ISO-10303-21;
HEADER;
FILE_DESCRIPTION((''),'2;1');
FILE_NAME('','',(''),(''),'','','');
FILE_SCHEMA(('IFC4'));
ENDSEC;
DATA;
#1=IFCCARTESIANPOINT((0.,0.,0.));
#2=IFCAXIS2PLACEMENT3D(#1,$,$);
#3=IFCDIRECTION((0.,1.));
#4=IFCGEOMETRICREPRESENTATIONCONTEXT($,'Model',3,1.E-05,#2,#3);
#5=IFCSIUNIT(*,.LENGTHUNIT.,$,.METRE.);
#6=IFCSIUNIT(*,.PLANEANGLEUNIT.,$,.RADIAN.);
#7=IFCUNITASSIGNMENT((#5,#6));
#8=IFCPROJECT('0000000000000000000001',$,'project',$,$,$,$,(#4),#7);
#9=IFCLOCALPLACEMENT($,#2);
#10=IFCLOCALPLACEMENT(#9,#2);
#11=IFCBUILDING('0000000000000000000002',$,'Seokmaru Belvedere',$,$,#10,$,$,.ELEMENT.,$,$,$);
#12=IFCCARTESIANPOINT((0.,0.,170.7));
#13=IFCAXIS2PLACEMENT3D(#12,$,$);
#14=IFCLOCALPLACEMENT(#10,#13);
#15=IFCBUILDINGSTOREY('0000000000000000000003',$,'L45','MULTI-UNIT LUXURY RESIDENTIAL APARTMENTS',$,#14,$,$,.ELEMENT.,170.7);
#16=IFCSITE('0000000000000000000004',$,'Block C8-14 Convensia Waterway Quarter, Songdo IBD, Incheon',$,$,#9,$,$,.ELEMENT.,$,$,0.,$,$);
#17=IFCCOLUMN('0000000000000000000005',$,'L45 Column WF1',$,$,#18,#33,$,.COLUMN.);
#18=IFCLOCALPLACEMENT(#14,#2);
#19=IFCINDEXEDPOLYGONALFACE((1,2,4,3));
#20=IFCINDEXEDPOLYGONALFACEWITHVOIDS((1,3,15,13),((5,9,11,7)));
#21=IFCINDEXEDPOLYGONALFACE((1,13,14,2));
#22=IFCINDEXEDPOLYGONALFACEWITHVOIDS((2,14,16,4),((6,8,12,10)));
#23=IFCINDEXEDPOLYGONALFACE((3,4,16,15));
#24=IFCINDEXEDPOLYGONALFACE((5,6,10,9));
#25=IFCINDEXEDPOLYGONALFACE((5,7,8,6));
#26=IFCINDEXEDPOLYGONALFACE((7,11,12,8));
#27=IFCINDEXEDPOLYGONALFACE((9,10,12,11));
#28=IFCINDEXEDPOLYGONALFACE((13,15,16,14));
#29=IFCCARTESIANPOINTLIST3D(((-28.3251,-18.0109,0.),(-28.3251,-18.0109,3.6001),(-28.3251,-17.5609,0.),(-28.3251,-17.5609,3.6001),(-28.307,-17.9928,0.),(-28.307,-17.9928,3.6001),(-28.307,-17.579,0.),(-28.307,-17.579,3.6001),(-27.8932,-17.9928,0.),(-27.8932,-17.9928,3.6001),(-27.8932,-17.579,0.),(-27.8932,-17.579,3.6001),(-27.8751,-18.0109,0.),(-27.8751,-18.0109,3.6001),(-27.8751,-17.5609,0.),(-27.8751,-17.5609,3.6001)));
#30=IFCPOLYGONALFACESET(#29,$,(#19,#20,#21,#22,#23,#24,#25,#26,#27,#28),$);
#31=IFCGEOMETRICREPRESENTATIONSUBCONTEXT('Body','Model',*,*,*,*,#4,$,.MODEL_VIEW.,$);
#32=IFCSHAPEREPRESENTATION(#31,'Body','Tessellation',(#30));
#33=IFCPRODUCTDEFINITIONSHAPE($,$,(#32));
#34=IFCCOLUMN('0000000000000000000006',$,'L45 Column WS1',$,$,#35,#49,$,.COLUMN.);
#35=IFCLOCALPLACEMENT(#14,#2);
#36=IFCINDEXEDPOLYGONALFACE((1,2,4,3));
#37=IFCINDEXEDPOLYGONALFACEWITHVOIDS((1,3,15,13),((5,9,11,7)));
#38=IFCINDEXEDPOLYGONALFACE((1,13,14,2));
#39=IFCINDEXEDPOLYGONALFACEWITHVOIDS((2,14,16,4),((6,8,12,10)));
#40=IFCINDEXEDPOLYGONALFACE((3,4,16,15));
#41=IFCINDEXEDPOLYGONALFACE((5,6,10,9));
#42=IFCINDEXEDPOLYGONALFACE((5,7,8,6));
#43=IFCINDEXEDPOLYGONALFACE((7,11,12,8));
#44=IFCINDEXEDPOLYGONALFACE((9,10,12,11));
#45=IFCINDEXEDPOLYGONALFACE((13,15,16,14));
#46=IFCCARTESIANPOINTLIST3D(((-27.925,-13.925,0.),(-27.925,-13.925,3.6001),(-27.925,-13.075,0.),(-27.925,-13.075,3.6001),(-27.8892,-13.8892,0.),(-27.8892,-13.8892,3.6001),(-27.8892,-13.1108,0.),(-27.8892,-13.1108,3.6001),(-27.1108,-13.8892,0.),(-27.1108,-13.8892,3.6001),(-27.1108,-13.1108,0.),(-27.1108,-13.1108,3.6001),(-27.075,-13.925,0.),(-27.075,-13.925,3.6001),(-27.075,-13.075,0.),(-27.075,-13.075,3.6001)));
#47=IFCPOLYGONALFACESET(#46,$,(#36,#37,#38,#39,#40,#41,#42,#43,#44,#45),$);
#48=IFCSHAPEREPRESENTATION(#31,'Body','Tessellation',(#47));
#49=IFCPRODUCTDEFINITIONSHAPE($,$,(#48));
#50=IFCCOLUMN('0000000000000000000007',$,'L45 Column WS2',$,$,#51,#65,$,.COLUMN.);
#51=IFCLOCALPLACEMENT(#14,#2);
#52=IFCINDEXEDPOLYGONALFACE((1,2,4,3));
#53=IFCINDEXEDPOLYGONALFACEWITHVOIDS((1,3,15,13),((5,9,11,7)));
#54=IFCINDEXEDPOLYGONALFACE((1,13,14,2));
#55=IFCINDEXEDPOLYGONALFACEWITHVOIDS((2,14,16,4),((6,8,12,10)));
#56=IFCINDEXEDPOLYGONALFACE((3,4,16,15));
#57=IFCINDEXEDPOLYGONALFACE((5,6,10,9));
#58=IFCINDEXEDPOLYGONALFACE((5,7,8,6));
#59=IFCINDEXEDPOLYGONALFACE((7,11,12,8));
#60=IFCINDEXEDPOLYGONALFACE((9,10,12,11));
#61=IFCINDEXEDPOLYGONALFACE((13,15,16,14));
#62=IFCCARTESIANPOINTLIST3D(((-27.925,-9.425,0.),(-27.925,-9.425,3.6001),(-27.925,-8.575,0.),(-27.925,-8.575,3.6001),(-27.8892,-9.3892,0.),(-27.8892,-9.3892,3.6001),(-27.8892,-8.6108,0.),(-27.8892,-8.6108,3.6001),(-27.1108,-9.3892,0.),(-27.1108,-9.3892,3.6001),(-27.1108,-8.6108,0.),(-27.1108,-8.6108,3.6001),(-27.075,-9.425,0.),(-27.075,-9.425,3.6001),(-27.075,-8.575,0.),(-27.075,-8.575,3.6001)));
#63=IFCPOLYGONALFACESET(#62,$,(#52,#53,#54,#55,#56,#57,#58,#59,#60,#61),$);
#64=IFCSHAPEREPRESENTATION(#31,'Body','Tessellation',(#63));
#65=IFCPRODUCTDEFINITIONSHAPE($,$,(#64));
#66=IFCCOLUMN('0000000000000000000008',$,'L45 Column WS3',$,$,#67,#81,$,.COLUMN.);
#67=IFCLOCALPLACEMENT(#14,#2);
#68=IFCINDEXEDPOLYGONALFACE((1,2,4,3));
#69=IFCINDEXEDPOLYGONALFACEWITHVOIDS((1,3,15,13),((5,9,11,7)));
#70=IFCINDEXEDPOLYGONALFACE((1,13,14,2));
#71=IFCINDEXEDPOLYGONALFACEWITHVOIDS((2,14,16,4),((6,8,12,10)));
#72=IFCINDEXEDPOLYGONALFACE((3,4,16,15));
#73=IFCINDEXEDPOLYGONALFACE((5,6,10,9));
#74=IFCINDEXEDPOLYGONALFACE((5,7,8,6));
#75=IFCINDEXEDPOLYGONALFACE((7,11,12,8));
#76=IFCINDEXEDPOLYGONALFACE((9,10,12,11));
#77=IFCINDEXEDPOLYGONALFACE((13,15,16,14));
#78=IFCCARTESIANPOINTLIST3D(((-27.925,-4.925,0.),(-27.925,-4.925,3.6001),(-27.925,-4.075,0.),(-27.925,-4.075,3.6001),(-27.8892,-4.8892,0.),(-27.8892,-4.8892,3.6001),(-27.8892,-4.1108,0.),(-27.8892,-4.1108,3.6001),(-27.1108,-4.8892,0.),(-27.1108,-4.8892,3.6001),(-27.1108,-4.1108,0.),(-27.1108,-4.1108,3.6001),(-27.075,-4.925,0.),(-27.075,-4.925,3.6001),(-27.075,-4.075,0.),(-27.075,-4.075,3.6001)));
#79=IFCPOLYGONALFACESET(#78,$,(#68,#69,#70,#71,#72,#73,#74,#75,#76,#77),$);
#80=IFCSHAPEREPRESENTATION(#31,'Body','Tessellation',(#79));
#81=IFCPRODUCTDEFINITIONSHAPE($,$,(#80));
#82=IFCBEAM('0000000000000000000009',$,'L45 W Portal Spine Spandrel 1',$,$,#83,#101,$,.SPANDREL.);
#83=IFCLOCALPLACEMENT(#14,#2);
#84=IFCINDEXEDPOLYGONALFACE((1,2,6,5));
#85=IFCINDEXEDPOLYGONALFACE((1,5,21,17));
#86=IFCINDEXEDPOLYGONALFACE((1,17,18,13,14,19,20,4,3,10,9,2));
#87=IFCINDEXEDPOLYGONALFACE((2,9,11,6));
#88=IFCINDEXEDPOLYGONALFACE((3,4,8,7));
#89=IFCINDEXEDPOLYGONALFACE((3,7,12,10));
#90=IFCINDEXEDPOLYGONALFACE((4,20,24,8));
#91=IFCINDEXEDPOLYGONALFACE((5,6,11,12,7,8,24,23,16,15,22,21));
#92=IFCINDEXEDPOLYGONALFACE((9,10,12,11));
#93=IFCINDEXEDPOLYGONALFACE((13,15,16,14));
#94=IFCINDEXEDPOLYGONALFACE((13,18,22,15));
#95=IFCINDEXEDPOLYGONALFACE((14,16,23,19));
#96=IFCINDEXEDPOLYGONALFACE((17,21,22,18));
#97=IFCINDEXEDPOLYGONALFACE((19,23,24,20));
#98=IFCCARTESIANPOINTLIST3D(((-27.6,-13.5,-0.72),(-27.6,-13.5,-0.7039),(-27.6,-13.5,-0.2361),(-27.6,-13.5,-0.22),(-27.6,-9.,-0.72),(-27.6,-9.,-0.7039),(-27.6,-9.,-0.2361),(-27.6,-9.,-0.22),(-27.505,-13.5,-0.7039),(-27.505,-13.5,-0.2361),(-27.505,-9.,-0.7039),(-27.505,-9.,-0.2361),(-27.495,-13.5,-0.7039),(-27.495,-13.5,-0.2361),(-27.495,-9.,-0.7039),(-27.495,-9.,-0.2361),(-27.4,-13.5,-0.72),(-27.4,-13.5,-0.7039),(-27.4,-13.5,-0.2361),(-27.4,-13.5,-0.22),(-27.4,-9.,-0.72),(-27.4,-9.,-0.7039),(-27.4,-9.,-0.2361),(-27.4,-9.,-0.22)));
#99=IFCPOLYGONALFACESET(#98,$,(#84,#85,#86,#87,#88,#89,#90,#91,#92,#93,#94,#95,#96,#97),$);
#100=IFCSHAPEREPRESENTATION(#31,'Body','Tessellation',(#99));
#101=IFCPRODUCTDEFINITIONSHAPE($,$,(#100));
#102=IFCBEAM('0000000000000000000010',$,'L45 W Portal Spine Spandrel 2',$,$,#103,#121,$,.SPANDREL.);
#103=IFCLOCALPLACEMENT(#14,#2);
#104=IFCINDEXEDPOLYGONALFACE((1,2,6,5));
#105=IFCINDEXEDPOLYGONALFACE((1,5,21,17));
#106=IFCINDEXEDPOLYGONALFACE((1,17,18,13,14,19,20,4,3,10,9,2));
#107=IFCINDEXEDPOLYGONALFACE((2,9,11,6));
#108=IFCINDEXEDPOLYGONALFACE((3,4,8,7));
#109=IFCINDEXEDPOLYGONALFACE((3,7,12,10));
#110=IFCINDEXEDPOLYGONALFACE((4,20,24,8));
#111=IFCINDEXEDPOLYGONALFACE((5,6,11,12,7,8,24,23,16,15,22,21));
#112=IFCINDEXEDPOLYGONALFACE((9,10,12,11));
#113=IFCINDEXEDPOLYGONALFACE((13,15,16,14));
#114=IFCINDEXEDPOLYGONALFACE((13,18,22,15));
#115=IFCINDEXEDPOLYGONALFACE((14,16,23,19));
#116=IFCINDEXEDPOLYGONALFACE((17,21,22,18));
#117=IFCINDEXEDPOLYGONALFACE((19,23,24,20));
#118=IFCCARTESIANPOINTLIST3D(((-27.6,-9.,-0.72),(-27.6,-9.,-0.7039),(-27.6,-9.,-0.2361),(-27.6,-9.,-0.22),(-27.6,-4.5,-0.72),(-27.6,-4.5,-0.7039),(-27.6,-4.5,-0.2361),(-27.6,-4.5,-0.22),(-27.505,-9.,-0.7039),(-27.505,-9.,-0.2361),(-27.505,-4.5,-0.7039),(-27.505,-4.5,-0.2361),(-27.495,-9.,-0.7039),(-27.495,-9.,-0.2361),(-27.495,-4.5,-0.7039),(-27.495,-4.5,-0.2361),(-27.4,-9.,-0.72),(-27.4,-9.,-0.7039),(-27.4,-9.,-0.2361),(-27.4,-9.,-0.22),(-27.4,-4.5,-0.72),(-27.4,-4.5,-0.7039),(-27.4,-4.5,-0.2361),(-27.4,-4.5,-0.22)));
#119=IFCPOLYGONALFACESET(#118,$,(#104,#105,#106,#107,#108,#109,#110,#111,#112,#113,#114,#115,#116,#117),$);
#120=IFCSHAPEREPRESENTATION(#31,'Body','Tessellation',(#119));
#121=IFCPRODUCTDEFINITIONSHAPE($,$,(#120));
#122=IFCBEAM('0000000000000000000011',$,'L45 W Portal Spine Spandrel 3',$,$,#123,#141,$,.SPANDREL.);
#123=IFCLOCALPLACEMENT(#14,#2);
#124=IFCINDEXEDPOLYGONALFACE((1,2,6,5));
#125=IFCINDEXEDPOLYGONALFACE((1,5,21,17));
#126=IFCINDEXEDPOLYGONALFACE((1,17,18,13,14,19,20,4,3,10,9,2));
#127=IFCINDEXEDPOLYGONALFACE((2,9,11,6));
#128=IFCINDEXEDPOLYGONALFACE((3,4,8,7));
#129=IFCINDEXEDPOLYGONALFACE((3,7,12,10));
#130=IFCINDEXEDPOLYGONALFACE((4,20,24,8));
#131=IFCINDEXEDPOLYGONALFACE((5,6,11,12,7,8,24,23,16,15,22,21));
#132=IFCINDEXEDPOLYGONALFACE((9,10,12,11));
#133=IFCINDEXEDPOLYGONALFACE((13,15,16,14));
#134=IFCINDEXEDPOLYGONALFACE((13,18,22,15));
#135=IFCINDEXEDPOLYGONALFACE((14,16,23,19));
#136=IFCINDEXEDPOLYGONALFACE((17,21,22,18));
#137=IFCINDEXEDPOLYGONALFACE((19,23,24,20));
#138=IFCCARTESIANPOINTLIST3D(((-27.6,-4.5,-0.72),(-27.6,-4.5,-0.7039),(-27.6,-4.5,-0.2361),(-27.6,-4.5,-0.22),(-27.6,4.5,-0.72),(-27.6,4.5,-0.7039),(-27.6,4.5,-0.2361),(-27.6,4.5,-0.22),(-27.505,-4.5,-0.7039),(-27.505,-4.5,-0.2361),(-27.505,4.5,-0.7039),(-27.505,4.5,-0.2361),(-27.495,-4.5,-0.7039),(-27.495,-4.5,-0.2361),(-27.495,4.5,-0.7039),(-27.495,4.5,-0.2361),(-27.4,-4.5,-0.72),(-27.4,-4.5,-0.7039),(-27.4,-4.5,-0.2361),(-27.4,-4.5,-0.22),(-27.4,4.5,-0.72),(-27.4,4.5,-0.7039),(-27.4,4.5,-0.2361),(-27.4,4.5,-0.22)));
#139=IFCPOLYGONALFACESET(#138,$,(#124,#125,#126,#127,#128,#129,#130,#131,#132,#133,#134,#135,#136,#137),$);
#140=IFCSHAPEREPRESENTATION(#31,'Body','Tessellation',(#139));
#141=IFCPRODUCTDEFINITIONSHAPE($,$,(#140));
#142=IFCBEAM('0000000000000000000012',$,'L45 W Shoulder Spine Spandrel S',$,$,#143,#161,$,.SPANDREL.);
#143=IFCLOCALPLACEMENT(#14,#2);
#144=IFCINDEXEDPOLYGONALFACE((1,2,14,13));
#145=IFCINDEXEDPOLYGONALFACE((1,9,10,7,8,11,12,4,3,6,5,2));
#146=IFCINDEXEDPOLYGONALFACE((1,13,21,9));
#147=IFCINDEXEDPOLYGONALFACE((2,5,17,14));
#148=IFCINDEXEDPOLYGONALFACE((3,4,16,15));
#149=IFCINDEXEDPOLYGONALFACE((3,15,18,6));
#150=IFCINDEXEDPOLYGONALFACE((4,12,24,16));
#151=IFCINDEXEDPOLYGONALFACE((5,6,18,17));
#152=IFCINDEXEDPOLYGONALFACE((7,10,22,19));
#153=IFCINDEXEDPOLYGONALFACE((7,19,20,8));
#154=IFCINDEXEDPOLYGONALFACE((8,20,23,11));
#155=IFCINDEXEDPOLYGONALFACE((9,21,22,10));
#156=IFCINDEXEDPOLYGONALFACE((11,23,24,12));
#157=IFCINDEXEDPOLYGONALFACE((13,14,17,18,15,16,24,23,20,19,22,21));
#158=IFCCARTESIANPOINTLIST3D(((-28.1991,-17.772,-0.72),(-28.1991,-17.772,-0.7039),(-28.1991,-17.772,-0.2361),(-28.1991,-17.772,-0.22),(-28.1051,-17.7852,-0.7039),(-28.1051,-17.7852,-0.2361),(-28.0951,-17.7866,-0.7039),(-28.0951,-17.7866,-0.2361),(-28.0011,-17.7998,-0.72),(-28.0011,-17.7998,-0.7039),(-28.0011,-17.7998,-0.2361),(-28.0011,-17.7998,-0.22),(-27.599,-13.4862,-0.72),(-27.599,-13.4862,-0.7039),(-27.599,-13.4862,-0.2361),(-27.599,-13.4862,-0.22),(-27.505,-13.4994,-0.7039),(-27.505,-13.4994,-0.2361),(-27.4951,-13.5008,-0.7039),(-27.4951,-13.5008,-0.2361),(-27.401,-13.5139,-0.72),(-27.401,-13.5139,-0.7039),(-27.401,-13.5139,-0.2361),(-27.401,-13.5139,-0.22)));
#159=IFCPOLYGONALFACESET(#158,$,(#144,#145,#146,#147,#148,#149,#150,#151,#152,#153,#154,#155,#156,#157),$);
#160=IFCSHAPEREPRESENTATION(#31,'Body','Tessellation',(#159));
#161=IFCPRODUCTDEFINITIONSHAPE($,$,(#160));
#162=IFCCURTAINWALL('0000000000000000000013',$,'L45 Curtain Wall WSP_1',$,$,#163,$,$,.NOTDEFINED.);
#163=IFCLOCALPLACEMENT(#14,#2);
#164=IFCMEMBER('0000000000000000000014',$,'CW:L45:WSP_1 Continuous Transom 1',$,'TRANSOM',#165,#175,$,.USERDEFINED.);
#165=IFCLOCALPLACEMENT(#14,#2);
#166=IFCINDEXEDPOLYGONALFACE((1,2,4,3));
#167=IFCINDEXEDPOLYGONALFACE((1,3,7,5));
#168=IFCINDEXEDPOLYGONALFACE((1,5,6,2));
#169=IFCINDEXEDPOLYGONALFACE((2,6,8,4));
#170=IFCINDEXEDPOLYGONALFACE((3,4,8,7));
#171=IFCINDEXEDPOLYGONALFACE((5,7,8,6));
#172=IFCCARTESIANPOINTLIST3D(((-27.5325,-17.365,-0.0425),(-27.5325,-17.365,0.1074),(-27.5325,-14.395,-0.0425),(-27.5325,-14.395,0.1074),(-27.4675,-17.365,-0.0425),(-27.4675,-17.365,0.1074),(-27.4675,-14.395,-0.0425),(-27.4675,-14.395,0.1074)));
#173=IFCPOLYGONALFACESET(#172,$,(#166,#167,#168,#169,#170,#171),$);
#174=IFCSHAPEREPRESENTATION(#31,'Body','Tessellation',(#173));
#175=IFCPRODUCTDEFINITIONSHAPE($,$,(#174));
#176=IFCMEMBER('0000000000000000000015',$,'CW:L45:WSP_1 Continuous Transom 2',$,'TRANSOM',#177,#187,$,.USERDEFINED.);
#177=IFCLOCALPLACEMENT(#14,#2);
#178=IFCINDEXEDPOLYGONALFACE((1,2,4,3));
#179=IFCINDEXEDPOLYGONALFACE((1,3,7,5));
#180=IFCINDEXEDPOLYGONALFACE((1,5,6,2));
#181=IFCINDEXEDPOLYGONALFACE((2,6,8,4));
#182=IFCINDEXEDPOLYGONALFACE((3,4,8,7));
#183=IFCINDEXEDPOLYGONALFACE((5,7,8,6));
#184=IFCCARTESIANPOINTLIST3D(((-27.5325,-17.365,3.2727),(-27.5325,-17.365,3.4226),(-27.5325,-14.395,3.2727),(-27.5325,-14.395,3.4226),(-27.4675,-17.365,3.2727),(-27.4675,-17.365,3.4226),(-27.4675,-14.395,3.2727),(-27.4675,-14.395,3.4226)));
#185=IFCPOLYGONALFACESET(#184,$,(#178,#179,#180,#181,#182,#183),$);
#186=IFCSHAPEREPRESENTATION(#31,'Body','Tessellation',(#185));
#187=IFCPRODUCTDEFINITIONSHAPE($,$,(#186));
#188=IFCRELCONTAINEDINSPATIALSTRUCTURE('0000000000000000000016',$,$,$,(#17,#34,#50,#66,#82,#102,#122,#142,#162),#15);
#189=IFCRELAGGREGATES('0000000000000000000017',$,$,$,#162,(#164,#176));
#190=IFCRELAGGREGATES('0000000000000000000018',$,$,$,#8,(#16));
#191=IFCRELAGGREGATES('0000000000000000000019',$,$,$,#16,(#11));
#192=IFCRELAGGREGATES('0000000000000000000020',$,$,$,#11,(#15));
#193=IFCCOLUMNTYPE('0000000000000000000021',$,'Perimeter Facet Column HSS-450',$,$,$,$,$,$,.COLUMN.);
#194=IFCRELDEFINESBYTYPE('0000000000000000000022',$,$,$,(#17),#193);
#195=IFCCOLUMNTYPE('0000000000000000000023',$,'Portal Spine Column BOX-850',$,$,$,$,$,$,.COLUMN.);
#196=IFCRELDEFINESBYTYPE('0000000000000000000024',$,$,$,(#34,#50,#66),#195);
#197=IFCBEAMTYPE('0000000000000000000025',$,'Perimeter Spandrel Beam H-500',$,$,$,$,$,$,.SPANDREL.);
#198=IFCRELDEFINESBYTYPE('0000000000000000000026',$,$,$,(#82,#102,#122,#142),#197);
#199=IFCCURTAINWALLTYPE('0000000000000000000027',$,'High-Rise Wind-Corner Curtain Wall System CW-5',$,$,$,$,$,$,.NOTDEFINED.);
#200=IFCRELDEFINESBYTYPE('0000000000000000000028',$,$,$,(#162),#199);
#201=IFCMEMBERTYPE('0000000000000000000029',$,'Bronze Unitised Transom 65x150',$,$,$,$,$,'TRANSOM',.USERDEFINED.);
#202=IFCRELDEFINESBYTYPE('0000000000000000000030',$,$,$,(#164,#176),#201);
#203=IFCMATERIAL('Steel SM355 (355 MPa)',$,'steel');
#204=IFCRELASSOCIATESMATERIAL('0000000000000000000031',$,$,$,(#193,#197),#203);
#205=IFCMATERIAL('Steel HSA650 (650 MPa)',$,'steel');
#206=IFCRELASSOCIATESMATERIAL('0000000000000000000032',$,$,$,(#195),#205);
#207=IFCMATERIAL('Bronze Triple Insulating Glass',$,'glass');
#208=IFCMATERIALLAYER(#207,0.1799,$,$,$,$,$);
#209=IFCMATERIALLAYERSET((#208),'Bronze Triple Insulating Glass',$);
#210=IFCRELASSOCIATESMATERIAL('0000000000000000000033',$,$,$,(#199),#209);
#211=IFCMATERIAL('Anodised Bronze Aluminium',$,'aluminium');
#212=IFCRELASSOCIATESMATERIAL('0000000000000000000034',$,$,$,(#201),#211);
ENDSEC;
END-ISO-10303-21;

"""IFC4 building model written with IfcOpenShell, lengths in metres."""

from ifc_helpers import new_model, si_unit, direction, frame, origin, origin_2d, place, context, subcontext, project, spatial, rectangle, hollow_rectangle, i_section, extrude, source, transform, mapped, material, layer, layer_set, material_profile, profile_set, type_object, type_shapes, element, aggregate, save


model = new_model("IFC4")

# Units and contexts
model_context = context("Model", 3, precision=1e-05, world=origin(), true_north=direction((0.0, 1.0)))
body_context = subcontext(model_context, "Body", "Model", "MODEL_VIEW")
ifc_project = project(units=[si_unit("LENGTHUNIT", "METRE"), si_unit("PLANEANGLEUNIT", "RADIAN")], contexts=[model_context])

# Site, building, storey
site_placement = place(None, origin())
site = spatial("IfcSite", under=ifc_project, at=site_placement, Name="Block C8-14 Convensia Waterway Quarter, Songdo IBD, Incheon", CompositionType="ELEMENT", RefElevation=0.0)
building_placement = place(site_placement, origin())
building = spatial("IfcBuilding", under=site, at=building_placement, Name="Seokmaru Belvedere", CompositionType="ELEMENT")
storey_placement = place(building_placement, frame((0.0, 0.0, 170.7)))
storey = spatial("IfcBuildingStorey", under=building, at=storey_placement, Name="L45", Description="MULTI-UNIT LUXURY RESIDENTIAL APARTMENTS", CompositionType="ELEMENT", Elevation=170.7)

# Columns
ifc_material_1 = material(Name="Steel SM355 (355 MPa)", Category="steel")
ifc_material_profile_1 = material_profile(ifc_material_1, hollow_rectangle(XDim=0.45, YDim=0.45, WallThickness=0.0181, at=origin_2d()), Name="HSS-450x450x18")
ifc_profile_set_1 = profile_set([ifc_material_profile_1], Name="Steel SM355 (355 MPa)")
column_type_1 = type_object("IfcColumnType", Name="Perimeter Facet Column HSS-450", PredefinedType="COLUMN", material=ifc_profile_set_1)
shared_shape_1 = source(origin(), body_context, "Body", "SweptSolid", [
    extrude(hollow_rectangle(XDim=0.45, YDim=0.45, WallThickness=0.0181, at=origin_2d()), origin(), (0.0, 0.0, 1.0), 3.6001),
])
type_shapes(column_type_1, [shared_shape_1])
column_placement = place(storey_placement, frame((-28.1001, -17.7859, 0.0), z_axis=(0.0, 0.0, 1.0), x_axis=(1.0, 0.0, 0.0)))
element("IfcColumn", 1, at=column_placement, inside=storey, type_object=column_type_1, Name="L45 Column WF1", PredefinedType="COLUMN", context=body_context, shape_type="MappedRepresentation", body=[
    mapped(shared_shape_1, transform((0.0, 0.0, 0.0), scale=1.0)),
])
ifc_material_2 = material(Name="Steel HSA650 (650 MPa)", Category="steel")
ifc_material_profile_2 = material_profile(ifc_material_2, hollow_rectangle(XDim=0.8501, YDim=0.8501, WallThickness=0.0359, at=origin_2d()), Name="BOX-850x850x36")
ifc_profile_set_2 = profile_set([ifc_material_profile_2], Name="Steel HSA650 (650 MPa)")
column_type_2 = type_object("IfcColumnType", Name="Portal Spine Column BOX-850", PredefinedType="COLUMN", material=ifc_profile_set_2)
shared_shape_2 = source(origin(), body_context, "Body", "SweptSolid", [
    extrude(hollow_rectangle(XDim=0.8501, YDim=0.8501, WallThickness=0.0359, at=origin_2d()), origin(), (0.0, 0.0, 1.0), 3.6001),
])
type_shapes(column_type_2, [shared_shape_2])
for number, where, z_axis, x_axis, name in (
    (2, (-27.5, -13.5, 0.0), (0.0, 0.0, 1.0), (1.0, 0.0, 0.0), "L45 Column WS1"),
    (3, (-27.5, -9.0, 0.0), (0.0, 0.0, 1.0), (1.0, 0.0, 0.0), "L45 Column WS2"),
    (4, (-27.5, -4.5, 0.0), (0.0, 0.0, 1.0), (1.0, 0.0, 0.0), "L45 Column WS3"),
):
    element("IfcColumn", number, at=place(storey_placement, frame(where, z_axis=z_axis, x_axis=x_axis)), inside=storey, type_object=column_type_2, Name=name, PredefinedType="COLUMN", context=body_context, shape_type="MappedRepresentation", body=[
        mapped(shared_shape_2, transform((0.0, 0.0, 0.0), scale=1.0)),
    ])

# Beams
ifc_material_profile_3 = material_profile(ifc_material_1, i_section(OverallWidth=0.2, OverallDepth=0.5, WebThickness=0.01, FlangeThickness=0.0161, at=origin_2d()), Name="H-500x200x10x16")
ifc_profile_set_3 = profile_set([ifc_material_profile_3], Name="Steel SM355 (355 MPa)")
beam_type = type_object("IfcBeamType", Name="Perimeter Spandrel Beam H-500", PredefinedType="SPANDREL", material=ifc_profile_set_3)
shared_shape_3 = source(origin(), body_context, "Body", "SweptSolid", [
    extrude(i_section(OverallWidth=0.2, OverallDepth=0.5, WebThickness=0.01, FlangeThickness=0.0161, at=origin_2d()), origin(), (0.0, 0.0, 1.0), 4.5),
])
for number, where, z_axis, x_axis, name in (
    (5, (-27.5, -13.5, -0.47), (0.0, 1.0, 0.0), (-1.0, 0.0, 0.0), "L45 W Portal Spine Spandrel 1"),
    (6, (-27.5, -9.0, -0.47), (0.0, 1.0, 0.0), (-1.0, 0.0, 0.0), "L45 W Portal Spine Spandrel 2"),
):
    element("IfcBeam", number, at=place(storey_placement, frame(where, z_axis=z_axis, x_axis=x_axis)), inside=storey, type_object=beam_type, Name=name, PredefinedType="SPANDREL", context=body_context, shape_type="MappedRepresentation", body=[
        mapped(shared_shape_3, transform((0.0, 0.0, 0.0), scale=1.0)),
    ])
shared_shape_4 = source(origin(), body_context, "Body", "SweptSolid", [
    extrude(i_section(OverallWidth=0.2, OverallDepth=0.5, WebThickness=0.01, FlangeThickness=0.0161, at=origin_2d()), origin(), (0.0, 0.0, 1.0), 9.0),
])
beam_1_placement = place(storey_placement, frame((-27.5, -4.5, -0.47), z_axis=(0.0, 1.0, 0.0), x_axis=(-1.0, 0.0, 0.0)))
element("IfcBeam", 7, at=beam_1_placement, inside=storey, type_object=beam_type, Name="L45 W Portal Spine Spandrel 3", PredefinedType="SPANDREL", context=body_context, shape_type="MappedRepresentation", body=[
    mapped(shared_shape_4, transform((0.0, 0.0, 0.0), scale=1.0)),
])
shared_shape_5 = source(origin(), body_context, "Body", "SweptSolid", [
    extrude(i_section(OverallWidth=0.2, OverallDepth=0.5, WebThickness=0.01, FlangeThickness=0.0161, at=origin_2d()), origin(), (0.0, 0.0, 1.0), 4.3276),
])
type_shapes(beam_type, [shared_shape_3, shared_shape_4, shared_shape_5])
beam_2_placement = place(storey_placement, frame((-28.1001, -17.7859, -0.47), z_axis=(0.138664, 0.990339, 0.0), x_axis=(-0.990339, 0.138664, 0.0)))
element("IfcBeam", 8, at=beam_2_placement, inside=storey, type_object=beam_type, Name="L45 W Shoulder Spine Spandrel S", PredefinedType="SPANDREL", context=body_context, shape_type="MappedRepresentation", body=[
    mapped(shared_shape_5, transform((0.0, 0.0, 0.0), scale=1.0)),
])

# Curtain wall, members
ifc_material_3 = material(Name="Bronze Triple Insulating Glass", Category="glass")
ifc_layer_1 = layer(ifc_material_3, 0.1799)
ifc_layer_set_1 = layer_set([ifc_layer_1], Name="Bronze Triple Insulating Glass")
curtain_wall_type = type_object("IfcCurtainWallType", Name="High-Rise Wind-Corner Curtain Wall System CW-5", PredefinedType="NOTDEFINED", material=ifc_layer_set_1)
curtain_wall_1_placement = place(storey_placement, origin())
curtain_wall_1 = element("IfcCurtainWall", 9, at=curtain_wall_1_placement, inside=storey, type_object=curtain_wall_type, Name="L45 Curtain Wall WSP_1", PredefinedType="NOTDEFINED")
ifc_material_4 = material(Name="Anodised Bronze Aluminium", Category="aluminium")
ifc_material_profile_4 = material_profile(ifc_material_4, rectangle(XDim=0.0649, YDim=0.1499, at=origin_2d()), Name="CW-T-65x150")
ifc_profile_set_4 = profile_set([ifc_material_profile_4], Name="Anodised Bronze Aluminium")
member_type_1 = type_object("IfcMemberType", Name="Bronze Unitised Transom 65x150", ElementType="TRANSOM", PredefinedType="USERDEFINED", material=ifc_profile_set_4)
shared_shape_6 = source(origin(), body_context, "Body", "SweptSolid", [
    extrude(rectangle(XDim=0.0649, YDim=0.1499, at=origin_2d()), origin(), (0.0, 0.0, 1.0), 2.97),
])
type_shapes(member_type_1, [shared_shape_6])
member_1_placement = place(storey_placement, frame((-27.5, -17.365, 0.0325), z_axis=(0.0, 1.0, 0.0), x_axis=(-1.0, 0.0, 0.0)))
member_1 = element("IfcMember", 10, at=member_1_placement, type_object=member_type_1, Name="CW:L45:WSP_1 Continuous Transom 1", ObjectType="TRANSOM", PredefinedType="USERDEFINED", context=body_context, shape_type="MappedRepresentation", body=[
    mapped(shared_shape_6, transform((0.0, 0.0, 0.0), scale=1.0)),
])
member_2_placement = place(storey_placement, frame((-27.5, -17.365, 3.3477), z_axis=(0.0, 1.0, 0.0), x_axis=(-1.0, 0.0, 0.0)))
member_2 = element("IfcMember", 11, at=member_2_placement, type_object=member_type_1, Name="CW:L45:WSP_1 Continuous Transom 2", ObjectType="TRANSOM", PredefinedType="USERDEFINED", context=body_context, shape_type="MappedRepresentation", body=[
    mapped(shared_shape_6, transform((0.0, 0.0, 0.0), scale=1.0)),
])

aggregate(curtain_wall_1, [member_1, member_2])

save(model, "model.ifc")
